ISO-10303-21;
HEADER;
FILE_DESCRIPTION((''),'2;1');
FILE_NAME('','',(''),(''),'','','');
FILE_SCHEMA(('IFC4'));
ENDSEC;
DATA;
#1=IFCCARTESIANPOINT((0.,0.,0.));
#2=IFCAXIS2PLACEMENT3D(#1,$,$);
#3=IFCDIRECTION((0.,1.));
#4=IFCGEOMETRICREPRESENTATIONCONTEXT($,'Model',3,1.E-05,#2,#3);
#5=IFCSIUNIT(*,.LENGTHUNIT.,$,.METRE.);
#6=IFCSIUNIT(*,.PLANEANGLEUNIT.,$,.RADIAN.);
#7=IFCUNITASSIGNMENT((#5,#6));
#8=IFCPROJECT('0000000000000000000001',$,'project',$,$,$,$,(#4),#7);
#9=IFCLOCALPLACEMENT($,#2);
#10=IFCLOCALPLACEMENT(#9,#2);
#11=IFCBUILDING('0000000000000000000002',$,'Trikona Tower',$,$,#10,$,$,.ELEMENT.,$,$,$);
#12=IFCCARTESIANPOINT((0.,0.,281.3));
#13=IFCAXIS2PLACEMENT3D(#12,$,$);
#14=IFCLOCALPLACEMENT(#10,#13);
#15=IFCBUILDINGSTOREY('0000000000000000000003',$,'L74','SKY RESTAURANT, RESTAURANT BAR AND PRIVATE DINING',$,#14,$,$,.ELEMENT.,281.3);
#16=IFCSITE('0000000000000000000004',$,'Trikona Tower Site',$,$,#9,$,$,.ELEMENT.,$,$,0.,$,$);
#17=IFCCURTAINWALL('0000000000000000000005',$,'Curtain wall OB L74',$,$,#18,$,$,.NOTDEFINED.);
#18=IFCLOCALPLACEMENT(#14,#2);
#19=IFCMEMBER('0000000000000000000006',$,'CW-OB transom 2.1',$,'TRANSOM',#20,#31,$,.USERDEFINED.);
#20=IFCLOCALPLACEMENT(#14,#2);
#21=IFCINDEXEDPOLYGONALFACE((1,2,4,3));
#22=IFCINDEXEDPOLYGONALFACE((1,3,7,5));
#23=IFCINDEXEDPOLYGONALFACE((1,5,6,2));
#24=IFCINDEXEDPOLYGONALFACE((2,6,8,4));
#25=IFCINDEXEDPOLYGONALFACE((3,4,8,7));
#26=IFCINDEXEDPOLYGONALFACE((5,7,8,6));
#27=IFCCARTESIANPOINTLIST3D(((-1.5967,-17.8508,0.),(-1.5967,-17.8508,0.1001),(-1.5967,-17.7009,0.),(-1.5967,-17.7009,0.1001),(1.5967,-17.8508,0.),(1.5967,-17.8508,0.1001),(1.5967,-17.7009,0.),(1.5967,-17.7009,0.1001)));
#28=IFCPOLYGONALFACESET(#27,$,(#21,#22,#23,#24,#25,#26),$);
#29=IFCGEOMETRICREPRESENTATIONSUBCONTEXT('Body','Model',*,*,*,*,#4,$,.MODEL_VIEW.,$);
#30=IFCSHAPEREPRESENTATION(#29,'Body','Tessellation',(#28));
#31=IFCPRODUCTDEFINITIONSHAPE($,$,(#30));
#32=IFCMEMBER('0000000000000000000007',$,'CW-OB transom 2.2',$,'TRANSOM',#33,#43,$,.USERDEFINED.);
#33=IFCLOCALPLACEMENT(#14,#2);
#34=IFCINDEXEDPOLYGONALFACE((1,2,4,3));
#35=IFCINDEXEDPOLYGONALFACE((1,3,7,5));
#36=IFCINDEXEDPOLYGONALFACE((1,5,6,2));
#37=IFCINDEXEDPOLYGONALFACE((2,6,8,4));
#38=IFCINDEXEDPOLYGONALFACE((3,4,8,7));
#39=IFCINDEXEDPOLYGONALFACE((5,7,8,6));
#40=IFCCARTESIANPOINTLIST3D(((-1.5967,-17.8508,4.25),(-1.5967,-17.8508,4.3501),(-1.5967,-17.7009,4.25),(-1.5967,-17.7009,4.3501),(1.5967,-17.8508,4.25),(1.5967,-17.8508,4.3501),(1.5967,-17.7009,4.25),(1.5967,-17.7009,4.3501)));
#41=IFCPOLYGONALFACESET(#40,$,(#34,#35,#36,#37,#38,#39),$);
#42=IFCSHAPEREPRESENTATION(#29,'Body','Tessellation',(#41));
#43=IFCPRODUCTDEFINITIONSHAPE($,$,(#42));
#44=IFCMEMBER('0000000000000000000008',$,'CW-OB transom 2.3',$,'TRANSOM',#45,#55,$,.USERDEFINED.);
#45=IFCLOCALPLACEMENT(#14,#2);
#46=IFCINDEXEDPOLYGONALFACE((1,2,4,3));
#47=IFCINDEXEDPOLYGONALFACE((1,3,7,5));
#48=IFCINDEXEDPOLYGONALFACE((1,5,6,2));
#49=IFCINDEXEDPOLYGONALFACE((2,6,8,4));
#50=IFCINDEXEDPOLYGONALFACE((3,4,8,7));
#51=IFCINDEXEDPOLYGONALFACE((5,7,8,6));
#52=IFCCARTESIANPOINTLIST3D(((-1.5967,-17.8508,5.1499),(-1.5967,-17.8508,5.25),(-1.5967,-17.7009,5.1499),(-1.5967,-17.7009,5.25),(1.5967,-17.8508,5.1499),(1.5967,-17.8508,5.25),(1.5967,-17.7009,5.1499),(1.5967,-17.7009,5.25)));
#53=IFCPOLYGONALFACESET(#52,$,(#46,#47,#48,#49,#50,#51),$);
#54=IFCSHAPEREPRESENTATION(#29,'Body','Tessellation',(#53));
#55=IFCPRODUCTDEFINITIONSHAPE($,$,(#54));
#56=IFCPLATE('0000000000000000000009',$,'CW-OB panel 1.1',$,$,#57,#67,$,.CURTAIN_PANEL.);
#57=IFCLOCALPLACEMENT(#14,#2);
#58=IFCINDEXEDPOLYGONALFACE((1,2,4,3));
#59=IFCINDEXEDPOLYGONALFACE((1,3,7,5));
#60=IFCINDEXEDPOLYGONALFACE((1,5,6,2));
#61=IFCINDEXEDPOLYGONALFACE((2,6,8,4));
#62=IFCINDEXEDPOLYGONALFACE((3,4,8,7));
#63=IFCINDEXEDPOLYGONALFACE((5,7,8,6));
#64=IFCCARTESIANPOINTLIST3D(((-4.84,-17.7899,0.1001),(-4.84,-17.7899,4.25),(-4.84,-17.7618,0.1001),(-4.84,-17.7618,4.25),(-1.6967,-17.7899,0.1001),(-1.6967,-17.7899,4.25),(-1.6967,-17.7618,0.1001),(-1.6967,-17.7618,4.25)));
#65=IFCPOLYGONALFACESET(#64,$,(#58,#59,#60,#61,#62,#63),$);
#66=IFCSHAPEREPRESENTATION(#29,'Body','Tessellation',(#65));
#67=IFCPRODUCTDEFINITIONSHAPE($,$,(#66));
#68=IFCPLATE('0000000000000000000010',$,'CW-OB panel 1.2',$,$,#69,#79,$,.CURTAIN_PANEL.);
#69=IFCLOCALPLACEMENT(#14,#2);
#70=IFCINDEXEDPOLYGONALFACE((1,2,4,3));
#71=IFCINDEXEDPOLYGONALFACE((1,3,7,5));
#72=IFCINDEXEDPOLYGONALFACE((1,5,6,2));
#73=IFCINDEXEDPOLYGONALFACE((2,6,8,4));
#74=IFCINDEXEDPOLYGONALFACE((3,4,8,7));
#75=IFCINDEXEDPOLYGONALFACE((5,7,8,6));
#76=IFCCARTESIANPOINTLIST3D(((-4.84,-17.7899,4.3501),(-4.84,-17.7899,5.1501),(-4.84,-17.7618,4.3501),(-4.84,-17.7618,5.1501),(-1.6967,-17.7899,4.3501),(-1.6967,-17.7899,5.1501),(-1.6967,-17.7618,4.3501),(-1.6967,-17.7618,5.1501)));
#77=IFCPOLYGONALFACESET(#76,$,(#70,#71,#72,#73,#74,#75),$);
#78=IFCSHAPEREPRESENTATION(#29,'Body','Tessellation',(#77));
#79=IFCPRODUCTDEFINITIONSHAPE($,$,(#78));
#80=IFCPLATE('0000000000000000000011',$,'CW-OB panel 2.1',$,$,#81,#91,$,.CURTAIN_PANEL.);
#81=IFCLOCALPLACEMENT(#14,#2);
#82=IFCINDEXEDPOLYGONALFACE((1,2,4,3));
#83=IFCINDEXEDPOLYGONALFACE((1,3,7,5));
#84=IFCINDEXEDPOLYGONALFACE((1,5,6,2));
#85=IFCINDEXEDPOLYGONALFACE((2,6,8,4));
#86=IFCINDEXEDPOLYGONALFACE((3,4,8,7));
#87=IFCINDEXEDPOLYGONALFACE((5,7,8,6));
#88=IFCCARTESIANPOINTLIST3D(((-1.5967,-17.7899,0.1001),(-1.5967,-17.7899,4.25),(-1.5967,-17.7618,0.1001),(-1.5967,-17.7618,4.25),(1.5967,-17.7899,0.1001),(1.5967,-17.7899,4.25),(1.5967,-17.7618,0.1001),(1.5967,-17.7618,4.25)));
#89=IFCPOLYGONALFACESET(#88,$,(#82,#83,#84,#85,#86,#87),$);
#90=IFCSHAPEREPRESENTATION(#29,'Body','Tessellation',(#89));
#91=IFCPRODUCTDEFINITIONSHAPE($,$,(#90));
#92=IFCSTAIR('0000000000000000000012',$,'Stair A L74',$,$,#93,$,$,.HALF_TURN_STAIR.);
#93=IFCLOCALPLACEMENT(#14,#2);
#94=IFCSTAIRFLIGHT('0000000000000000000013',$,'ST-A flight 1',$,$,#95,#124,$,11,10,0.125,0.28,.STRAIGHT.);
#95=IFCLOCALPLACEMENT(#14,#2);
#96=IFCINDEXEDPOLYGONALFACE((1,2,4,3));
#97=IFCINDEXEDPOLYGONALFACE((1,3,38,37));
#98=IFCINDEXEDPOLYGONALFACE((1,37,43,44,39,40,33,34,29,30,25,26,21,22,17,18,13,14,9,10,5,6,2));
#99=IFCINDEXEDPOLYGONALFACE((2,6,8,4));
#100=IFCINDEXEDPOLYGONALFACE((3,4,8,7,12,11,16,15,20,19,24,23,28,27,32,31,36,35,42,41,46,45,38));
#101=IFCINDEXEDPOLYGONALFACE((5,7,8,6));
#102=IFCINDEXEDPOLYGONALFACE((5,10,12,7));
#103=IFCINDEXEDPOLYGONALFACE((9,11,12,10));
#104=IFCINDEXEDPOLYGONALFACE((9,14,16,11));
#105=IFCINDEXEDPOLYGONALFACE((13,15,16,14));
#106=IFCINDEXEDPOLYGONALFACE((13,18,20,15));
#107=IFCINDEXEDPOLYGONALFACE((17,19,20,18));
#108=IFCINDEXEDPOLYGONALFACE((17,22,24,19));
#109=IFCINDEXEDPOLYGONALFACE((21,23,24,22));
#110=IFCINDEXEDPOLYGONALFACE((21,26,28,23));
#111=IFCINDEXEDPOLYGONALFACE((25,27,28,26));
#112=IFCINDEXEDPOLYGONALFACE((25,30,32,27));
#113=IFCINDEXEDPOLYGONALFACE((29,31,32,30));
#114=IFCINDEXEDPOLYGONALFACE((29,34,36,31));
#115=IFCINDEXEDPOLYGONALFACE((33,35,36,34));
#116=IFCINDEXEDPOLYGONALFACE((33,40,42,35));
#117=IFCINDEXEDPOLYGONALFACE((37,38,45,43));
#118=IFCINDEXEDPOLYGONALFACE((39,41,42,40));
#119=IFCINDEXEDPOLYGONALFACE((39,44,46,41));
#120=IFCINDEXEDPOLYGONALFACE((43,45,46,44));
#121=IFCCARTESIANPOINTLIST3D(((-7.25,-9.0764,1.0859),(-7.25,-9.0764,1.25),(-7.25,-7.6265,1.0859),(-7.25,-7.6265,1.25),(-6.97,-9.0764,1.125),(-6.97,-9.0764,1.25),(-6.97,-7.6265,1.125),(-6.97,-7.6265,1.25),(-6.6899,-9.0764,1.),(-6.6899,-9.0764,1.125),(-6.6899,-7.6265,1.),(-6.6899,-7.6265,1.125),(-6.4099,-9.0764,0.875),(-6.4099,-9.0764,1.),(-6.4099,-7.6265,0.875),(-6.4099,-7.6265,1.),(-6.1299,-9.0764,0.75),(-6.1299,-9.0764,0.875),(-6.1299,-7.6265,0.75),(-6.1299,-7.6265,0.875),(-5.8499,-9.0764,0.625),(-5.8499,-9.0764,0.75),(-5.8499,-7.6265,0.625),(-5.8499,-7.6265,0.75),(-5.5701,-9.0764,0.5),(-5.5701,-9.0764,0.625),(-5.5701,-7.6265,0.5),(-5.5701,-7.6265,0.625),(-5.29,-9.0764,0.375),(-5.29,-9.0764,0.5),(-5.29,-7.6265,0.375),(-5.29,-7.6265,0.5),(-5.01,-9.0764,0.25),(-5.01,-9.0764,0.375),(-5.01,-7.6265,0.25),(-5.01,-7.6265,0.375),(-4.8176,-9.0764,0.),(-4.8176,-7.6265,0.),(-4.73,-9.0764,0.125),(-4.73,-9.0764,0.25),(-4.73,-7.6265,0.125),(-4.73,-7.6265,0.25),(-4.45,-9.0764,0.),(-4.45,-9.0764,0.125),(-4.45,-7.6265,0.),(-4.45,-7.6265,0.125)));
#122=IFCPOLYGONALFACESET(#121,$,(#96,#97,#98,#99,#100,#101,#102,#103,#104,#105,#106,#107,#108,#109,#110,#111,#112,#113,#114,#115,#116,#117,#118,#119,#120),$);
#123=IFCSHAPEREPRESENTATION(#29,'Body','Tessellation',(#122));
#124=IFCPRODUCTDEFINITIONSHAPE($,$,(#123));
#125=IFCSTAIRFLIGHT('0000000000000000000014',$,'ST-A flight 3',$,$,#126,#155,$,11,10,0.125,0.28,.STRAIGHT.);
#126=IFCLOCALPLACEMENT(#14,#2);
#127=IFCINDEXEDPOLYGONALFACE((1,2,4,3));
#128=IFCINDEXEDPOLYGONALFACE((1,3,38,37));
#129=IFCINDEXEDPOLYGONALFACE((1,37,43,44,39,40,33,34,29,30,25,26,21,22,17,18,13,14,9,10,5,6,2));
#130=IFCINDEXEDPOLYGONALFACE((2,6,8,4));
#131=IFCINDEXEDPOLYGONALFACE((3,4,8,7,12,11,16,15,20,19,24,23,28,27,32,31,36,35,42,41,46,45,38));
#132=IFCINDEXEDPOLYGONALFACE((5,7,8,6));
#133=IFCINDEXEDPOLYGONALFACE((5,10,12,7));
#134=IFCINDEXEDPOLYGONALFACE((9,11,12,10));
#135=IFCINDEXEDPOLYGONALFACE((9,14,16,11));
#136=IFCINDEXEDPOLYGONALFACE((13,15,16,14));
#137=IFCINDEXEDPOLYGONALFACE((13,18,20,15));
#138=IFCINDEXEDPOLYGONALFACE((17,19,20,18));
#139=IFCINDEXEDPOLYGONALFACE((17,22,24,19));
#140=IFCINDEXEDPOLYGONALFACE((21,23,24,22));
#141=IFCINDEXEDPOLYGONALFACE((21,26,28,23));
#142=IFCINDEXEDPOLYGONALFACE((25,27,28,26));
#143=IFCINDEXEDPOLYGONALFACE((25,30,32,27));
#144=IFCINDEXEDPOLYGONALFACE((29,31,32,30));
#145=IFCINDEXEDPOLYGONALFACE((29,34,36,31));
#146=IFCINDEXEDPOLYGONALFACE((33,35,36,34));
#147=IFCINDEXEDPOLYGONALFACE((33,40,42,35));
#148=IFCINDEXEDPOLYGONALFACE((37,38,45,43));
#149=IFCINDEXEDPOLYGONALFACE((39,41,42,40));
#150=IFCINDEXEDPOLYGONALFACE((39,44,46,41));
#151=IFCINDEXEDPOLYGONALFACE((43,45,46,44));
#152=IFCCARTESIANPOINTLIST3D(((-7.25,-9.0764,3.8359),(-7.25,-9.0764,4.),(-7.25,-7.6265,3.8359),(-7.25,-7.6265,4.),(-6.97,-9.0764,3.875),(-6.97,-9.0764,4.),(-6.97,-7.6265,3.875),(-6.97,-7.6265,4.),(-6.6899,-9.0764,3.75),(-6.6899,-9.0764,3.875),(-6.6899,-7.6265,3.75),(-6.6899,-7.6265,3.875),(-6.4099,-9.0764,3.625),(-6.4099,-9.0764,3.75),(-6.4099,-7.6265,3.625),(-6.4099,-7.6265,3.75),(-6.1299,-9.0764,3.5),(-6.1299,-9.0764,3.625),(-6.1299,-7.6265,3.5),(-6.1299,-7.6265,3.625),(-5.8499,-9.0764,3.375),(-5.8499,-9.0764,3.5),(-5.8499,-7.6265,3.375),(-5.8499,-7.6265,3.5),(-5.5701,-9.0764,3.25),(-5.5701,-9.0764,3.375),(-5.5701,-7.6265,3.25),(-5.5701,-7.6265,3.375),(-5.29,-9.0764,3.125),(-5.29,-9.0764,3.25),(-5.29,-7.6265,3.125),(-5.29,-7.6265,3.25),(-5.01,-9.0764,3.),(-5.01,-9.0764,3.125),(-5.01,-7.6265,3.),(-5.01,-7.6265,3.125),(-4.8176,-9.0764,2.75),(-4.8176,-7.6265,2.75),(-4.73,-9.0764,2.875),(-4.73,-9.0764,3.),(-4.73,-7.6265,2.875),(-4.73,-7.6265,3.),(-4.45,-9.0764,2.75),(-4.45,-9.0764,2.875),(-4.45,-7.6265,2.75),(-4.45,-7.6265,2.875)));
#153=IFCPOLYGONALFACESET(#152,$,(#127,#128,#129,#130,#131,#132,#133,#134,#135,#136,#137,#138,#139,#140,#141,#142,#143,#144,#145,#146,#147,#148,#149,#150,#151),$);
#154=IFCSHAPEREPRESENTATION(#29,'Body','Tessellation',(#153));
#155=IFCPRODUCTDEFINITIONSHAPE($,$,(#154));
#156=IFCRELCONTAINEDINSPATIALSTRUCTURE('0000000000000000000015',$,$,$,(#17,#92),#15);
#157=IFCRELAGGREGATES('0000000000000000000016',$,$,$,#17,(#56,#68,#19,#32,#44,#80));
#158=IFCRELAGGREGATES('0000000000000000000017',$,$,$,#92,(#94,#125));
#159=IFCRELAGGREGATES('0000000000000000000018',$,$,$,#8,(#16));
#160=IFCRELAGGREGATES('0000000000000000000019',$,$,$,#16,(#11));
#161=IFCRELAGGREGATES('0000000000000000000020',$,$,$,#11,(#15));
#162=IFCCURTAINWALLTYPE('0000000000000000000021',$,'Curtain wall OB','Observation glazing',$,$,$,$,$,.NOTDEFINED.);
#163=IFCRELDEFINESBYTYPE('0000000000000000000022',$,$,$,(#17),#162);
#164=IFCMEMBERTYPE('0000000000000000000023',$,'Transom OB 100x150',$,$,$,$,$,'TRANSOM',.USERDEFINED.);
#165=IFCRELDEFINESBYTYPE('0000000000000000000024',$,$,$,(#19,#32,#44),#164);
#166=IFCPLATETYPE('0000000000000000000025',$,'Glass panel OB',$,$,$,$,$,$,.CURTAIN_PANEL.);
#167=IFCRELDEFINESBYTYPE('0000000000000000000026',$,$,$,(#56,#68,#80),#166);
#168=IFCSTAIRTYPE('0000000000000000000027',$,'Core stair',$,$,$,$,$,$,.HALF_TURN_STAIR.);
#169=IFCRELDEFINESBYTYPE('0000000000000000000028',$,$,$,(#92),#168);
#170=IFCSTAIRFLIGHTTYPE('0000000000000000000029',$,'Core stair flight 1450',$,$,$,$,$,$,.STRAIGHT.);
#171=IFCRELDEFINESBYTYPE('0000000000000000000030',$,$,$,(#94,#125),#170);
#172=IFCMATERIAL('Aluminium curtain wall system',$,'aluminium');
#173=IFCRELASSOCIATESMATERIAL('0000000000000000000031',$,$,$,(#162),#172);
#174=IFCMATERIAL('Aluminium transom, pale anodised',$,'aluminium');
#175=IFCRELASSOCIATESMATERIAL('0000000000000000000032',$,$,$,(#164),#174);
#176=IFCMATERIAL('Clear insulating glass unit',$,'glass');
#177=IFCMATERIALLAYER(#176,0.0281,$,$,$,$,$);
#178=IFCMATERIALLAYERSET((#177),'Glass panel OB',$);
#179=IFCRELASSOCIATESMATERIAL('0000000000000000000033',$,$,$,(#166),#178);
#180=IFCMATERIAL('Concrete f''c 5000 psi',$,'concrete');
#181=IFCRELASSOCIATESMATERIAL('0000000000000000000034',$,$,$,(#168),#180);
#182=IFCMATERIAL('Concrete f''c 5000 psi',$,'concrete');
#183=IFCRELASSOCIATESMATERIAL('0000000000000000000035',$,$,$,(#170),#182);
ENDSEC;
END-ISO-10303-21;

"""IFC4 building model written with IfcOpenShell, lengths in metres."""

from ifc_helpers import new_model, si_unit, direction, frame, origin, origin_2d, place, context, subcontext, project, spatial, polyline, rectangle, outline, extrude, material, layer, layer_set, material_profile, profile_set, type_object, element, aggregate, save


model = new_model("IFC4")

# Units and contexts
model_context = context("Model", 3, precision=1e-05, world=origin(), true_north=direction((0.0, 1.0)))
body_context = subcontext(model_context, "Body", "Model", "MODEL_VIEW")
ifc_project = project(units=[si_unit("LENGTHUNIT", "METRE"), si_unit("PLANEANGLEUNIT", "RADIAN")], contexts=[model_context])

# Site, building, storey
site_placement = place(None, origin())
site = spatial("IfcSite", under=ifc_project, at=site_placement, Name="Trikona Tower Site", CompositionType="ELEMENT", RefElevation=0.0)
building_placement = place(site_placement, origin())
building = spatial("IfcBuilding", under=site, at=building_placement, Name="Trikona Tower", CompositionType="ELEMENT")
storey_placement = place(building_placement, frame((0.0, 0.0, 281.3)))
storey = spatial("IfcBuildingStorey", under=building, at=storey_placement, Name="L74", Description="SKY RESTAURANT, RESTAURANT BAR AND PRIVATE DINING", CompositionType="ELEMENT", Elevation=281.3)

# Curtain wall
ifc_material_1 = material(Name="Aluminium curtain wall system", Category="aluminium")
curtain_wall_type = type_object("IfcCurtainWallType", Name="Curtain wall OB", Description="Observation glazing", PredefinedType="NOTDEFINED", material=ifc_material_1)
curtain_wall_placement = place(storey_placement, origin())
curtain_wall = element("IfcCurtainWall", 1, at=curtain_wall_placement, inside=storey, type_object=curtain_wall_type, Name="Curtain wall OB L74", PredefinedType="NOTDEFINED")

# Members
ifc_material_2 = material(Name="Aluminium transom, pale anodised", Category="aluminium")
ifc_material_profile_1 = material_profile(ifc_material_2, rectangle(XDim=0.1499, YDim=0.1001, at=origin_2d()), Name="TRN-OB")
ifc_profile_set_1 = profile_set([ifc_material_profile_1], Name="Aluminium transom, pale anodised")
member_type_1 = type_object("IfcMemberType", Name="Transom OB 100x150", ElementType="TRANSOM", PredefinedType="USERDEFINED", material=ifc_profile_set_1)
member_1_placement = place(storey_placement, frame((-1.5967, -17.7759, 0.05), z_axis=(1.0, 0.0, 0.0), x_axis=(0.0, 1.0, 0.0)))
member_1 = element("IfcMember", 2, at=member_1_placement, type_object=member_type_1, Name="CW-OB transom 2.1", ObjectType="TRANSOM", PredefinedType="USERDEFINED", context=body_context, shape_type="SweptSolid", body=[
    extrude(rectangle(XDim=0.1499, YDim=0.1001, at=origin_2d()), origin(), (0.0, 0.0, 1.0), 3.1934),
])
member_2_placement = place(storey_placement, frame((-1.5967, -17.7759, 4.3), z_axis=(1.0, 0.0, 0.0), x_axis=(0.0, 1.0, 0.0)))
member_2 = element("IfcMember", 3, at=member_2_placement, type_object=member_type_1, Name="CW-OB transom 2.2", ObjectType="TRANSOM", PredefinedType="USERDEFINED", context=body_context, shape_type="SweptSolid", body=[
    extrude(rectangle(XDim=0.1499, YDim=0.1001, at=origin_2d()), origin(), (0.0, 0.0, 1.0), 3.1934),
])
member_3_placement = place(storey_placement, frame((-1.5967, -17.7759, 5.2), z_axis=(1.0, 0.0, 0.0), x_axis=(0.0, 1.0, 0.0)))
member_3 = element("IfcMember", 4, at=member_3_placement, type_object=member_type_1, Name="CW-OB transom 2.3", ObjectType="TRANSOM", PredefinedType="USERDEFINED", context=body_context, shape_type="SweptSolid", body=[
    extrude(rectangle(XDim=0.1499, YDim=0.1001, at=origin_2d()), origin(), (0.0, 0.0, 1.0), 3.1934),
])

# Plates
ifc_material_3 = material(Name="Clear insulating glass unit", Category="glass")
ifc_layer = layer(ifc_material_3, 0.0281)
ifc_layer_set = layer_set([ifc_layer], Name="Glass panel OB")
plate_type = type_object("IfcPlateType", Name="Glass panel OB", PredefinedType="CURTAIN_PANEL", material=ifc_layer_set)
plate_1_placement = place(storey_placement, frame((-3.2683, -17.7759, 0.1001), z_axis=(0.0, 0.0, 1.0), x_axis=(1.0, 0.0, 0.0)))
plate_1 = element("IfcPlate", 5, at=plate_1_placement, type_object=plate_type, Name="CW-OB panel 1.1", PredefinedType="CURTAIN_PANEL", context=body_context, shape_type="SweptSolid", body=[
    extrude(rectangle(XDim=3.1433, YDim=0.0281, at=origin_2d()), origin(), (0.0, 0.0, 1.0), 4.1499),
])
plate_2_placement = place(storey_placement, frame((-3.2683, -17.7759, 4.3501), z_axis=(0.0, 0.0, 1.0), x_axis=(1.0, 0.0, 0.0)))
plate_2 = element("IfcPlate", 6, at=plate_2_placement, type_object=plate_type, Name="CW-OB panel 1.2", PredefinedType="CURTAIN_PANEL", context=body_context, shape_type="SweptSolid", body=[
    extrude(rectangle(XDim=3.1433, YDim=0.0281, at=origin_2d()), origin(), (0.0, 0.0, 1.0), 0.8),
])
plate_3_placement = place(storey_placement, frame((0.0, -17.7759, 0.1001), z_axis=(0.0, 0.0, 1.0), x_axis=(1.0, 0.0, 0.0)))
plate_3 = element("IfcPlate", 7, at=plate_3_placement, type_object=plate_type, Name="CW-OB panel 2.1", PredefinedType="CURTAIN_PANEL", context=body_context, shape_type="SweptSolid", body=[
    extrude(rectangle(XDim=3.1934, YDim=0.0281, at=origin_2d()), origin(), (0.0, 0.0, 1.0), 4.1499),
])
aggregate(curtain_wall, [plate_1, plate_2, member_1, member_2, member_3, plate_3])

# Stair, stair flights
ifc_material_4 = material(Name="Concrete f'c 5000 psi", Category="concrete")
stair_type = type_object("IfcStairType", Name="Core stair", PredefinedType="HALF_TURN_STAIR", material=ifc_material_4)
stair_placement = place(storey_placement, origin())
stair = element("IfcStair", 8, at=stair_placement, inside=storey, type_object=stair_type, Name="Stair A L74", PredefinedType="HALF_TURN_STAIR")
ifc_material_5 = material(Name="Concrete f'c 5000 psi", Category="concrete")
stair_flight_type = type_object("IfcStairFlightType", Name="Core stair flight 1450", PredefinedType="STRAIGHT", material=ifc_material_5)
stair_flight_1_placement = place(storey_placement, frame((-4.45, -8.3513, 0.0), z_axis=(0.0, 0.0, 1.0), x_axis=(-1.0, 0.0, 0.0)))
stair_flight_1 = element("IfcStairFlight", 9, at=stair_flight_1_placement, type_object=stair_flight_type, Name="ST-A flight 1", NumberOfRisers=11, NumberOfTreads=10, PredefinedType="STRAIGHT", RiserHeight=0.125, TreadLength=0.28, context=body_context, shape_type="SweptSolid", body=[
    extrude(outline(polyline([(0.0, 0.0), (0.0, 0.125), (0.28, 0.125), (0.28, 0.25), (0.5601, 0.25), (0.5601, 0.375), (0.8401, 0.375), (0.8401, 0.5), (1.1201, 0.5), (1.1201, 0.625), (1.3999, 0.625), (1.3999, 0.75), (1.6799, 0.75), (1.6799, 0.875), (1.96, 0.875), (1.96, 1.0), (2.24, 1.0), (2.24, 1.125), (2.52, 1.125), (2.52, 1.25), (2.8, 1.25), (2.8, 1.375), (2.8, 1.0859), (0.3677, 0.0), (0.0, 0.0)])), frame((0.0, 0.7251, 0.0), z_axis=(0.0, -1.0, 0.0), x_axis=(1.0, 0.0, 0.0)), (0.0, 0.0, 1.0), 1.45),
])
stair_flight_2_placement = place(storey_placement, frame((-4.45, -8.3513, 2.75), z_axis=(0.0, 0.0, 1.0), x_axis=(-1.0, 0.0, 0.0)))
stair_flight_2 = element("IfcStairFlight", 10, at=stair_flight_2_placement, type_object=stair_flight_type, Name="ST-A flight 3", NumberOfRisers=11, NumberOfTreads=10, PredefinedType="STRAIGHT", RiserHeight=0.125, TreadLength=0.28, context=body_context, shape_type="SweptSolid", body=[
    extrude(outline(polyline([(0.0, 0.0), (0.0, 0.125), (0.28, 0.125), (0.28, 0.25), (0.5601, 0.25), (0.5601, 0.375), (0.8401, 0.375), (0.8401, 0.5), (1.1201, 0.5), (1.1201, 0.625), (1.3999, 0.625), (1.3999, 0.75), (1.6799, 0.75), (1.6799, 0.875), (1.96, 0.875), (1.96, 1.0), (2.24, 1.0), (2.24, 1.125), (2.52, 1.125), (2.52, 1.25), (2.8, 1.25), (2.8, 1.375), (2.8, 1.0859), (0.3677, 0.0), (0.0, 0.0)])), frame((0.0, 0.7251, 0.0), z_axis=(0.0, -1.0, 0.0), x_axis=(1.0, 0.0, 0.0)), (0.0, 0.0, 1.0), 1.45),
])
aggregate(stair, [stair_flight_1, stair_flight_2])

save(model, "model.ifc")
